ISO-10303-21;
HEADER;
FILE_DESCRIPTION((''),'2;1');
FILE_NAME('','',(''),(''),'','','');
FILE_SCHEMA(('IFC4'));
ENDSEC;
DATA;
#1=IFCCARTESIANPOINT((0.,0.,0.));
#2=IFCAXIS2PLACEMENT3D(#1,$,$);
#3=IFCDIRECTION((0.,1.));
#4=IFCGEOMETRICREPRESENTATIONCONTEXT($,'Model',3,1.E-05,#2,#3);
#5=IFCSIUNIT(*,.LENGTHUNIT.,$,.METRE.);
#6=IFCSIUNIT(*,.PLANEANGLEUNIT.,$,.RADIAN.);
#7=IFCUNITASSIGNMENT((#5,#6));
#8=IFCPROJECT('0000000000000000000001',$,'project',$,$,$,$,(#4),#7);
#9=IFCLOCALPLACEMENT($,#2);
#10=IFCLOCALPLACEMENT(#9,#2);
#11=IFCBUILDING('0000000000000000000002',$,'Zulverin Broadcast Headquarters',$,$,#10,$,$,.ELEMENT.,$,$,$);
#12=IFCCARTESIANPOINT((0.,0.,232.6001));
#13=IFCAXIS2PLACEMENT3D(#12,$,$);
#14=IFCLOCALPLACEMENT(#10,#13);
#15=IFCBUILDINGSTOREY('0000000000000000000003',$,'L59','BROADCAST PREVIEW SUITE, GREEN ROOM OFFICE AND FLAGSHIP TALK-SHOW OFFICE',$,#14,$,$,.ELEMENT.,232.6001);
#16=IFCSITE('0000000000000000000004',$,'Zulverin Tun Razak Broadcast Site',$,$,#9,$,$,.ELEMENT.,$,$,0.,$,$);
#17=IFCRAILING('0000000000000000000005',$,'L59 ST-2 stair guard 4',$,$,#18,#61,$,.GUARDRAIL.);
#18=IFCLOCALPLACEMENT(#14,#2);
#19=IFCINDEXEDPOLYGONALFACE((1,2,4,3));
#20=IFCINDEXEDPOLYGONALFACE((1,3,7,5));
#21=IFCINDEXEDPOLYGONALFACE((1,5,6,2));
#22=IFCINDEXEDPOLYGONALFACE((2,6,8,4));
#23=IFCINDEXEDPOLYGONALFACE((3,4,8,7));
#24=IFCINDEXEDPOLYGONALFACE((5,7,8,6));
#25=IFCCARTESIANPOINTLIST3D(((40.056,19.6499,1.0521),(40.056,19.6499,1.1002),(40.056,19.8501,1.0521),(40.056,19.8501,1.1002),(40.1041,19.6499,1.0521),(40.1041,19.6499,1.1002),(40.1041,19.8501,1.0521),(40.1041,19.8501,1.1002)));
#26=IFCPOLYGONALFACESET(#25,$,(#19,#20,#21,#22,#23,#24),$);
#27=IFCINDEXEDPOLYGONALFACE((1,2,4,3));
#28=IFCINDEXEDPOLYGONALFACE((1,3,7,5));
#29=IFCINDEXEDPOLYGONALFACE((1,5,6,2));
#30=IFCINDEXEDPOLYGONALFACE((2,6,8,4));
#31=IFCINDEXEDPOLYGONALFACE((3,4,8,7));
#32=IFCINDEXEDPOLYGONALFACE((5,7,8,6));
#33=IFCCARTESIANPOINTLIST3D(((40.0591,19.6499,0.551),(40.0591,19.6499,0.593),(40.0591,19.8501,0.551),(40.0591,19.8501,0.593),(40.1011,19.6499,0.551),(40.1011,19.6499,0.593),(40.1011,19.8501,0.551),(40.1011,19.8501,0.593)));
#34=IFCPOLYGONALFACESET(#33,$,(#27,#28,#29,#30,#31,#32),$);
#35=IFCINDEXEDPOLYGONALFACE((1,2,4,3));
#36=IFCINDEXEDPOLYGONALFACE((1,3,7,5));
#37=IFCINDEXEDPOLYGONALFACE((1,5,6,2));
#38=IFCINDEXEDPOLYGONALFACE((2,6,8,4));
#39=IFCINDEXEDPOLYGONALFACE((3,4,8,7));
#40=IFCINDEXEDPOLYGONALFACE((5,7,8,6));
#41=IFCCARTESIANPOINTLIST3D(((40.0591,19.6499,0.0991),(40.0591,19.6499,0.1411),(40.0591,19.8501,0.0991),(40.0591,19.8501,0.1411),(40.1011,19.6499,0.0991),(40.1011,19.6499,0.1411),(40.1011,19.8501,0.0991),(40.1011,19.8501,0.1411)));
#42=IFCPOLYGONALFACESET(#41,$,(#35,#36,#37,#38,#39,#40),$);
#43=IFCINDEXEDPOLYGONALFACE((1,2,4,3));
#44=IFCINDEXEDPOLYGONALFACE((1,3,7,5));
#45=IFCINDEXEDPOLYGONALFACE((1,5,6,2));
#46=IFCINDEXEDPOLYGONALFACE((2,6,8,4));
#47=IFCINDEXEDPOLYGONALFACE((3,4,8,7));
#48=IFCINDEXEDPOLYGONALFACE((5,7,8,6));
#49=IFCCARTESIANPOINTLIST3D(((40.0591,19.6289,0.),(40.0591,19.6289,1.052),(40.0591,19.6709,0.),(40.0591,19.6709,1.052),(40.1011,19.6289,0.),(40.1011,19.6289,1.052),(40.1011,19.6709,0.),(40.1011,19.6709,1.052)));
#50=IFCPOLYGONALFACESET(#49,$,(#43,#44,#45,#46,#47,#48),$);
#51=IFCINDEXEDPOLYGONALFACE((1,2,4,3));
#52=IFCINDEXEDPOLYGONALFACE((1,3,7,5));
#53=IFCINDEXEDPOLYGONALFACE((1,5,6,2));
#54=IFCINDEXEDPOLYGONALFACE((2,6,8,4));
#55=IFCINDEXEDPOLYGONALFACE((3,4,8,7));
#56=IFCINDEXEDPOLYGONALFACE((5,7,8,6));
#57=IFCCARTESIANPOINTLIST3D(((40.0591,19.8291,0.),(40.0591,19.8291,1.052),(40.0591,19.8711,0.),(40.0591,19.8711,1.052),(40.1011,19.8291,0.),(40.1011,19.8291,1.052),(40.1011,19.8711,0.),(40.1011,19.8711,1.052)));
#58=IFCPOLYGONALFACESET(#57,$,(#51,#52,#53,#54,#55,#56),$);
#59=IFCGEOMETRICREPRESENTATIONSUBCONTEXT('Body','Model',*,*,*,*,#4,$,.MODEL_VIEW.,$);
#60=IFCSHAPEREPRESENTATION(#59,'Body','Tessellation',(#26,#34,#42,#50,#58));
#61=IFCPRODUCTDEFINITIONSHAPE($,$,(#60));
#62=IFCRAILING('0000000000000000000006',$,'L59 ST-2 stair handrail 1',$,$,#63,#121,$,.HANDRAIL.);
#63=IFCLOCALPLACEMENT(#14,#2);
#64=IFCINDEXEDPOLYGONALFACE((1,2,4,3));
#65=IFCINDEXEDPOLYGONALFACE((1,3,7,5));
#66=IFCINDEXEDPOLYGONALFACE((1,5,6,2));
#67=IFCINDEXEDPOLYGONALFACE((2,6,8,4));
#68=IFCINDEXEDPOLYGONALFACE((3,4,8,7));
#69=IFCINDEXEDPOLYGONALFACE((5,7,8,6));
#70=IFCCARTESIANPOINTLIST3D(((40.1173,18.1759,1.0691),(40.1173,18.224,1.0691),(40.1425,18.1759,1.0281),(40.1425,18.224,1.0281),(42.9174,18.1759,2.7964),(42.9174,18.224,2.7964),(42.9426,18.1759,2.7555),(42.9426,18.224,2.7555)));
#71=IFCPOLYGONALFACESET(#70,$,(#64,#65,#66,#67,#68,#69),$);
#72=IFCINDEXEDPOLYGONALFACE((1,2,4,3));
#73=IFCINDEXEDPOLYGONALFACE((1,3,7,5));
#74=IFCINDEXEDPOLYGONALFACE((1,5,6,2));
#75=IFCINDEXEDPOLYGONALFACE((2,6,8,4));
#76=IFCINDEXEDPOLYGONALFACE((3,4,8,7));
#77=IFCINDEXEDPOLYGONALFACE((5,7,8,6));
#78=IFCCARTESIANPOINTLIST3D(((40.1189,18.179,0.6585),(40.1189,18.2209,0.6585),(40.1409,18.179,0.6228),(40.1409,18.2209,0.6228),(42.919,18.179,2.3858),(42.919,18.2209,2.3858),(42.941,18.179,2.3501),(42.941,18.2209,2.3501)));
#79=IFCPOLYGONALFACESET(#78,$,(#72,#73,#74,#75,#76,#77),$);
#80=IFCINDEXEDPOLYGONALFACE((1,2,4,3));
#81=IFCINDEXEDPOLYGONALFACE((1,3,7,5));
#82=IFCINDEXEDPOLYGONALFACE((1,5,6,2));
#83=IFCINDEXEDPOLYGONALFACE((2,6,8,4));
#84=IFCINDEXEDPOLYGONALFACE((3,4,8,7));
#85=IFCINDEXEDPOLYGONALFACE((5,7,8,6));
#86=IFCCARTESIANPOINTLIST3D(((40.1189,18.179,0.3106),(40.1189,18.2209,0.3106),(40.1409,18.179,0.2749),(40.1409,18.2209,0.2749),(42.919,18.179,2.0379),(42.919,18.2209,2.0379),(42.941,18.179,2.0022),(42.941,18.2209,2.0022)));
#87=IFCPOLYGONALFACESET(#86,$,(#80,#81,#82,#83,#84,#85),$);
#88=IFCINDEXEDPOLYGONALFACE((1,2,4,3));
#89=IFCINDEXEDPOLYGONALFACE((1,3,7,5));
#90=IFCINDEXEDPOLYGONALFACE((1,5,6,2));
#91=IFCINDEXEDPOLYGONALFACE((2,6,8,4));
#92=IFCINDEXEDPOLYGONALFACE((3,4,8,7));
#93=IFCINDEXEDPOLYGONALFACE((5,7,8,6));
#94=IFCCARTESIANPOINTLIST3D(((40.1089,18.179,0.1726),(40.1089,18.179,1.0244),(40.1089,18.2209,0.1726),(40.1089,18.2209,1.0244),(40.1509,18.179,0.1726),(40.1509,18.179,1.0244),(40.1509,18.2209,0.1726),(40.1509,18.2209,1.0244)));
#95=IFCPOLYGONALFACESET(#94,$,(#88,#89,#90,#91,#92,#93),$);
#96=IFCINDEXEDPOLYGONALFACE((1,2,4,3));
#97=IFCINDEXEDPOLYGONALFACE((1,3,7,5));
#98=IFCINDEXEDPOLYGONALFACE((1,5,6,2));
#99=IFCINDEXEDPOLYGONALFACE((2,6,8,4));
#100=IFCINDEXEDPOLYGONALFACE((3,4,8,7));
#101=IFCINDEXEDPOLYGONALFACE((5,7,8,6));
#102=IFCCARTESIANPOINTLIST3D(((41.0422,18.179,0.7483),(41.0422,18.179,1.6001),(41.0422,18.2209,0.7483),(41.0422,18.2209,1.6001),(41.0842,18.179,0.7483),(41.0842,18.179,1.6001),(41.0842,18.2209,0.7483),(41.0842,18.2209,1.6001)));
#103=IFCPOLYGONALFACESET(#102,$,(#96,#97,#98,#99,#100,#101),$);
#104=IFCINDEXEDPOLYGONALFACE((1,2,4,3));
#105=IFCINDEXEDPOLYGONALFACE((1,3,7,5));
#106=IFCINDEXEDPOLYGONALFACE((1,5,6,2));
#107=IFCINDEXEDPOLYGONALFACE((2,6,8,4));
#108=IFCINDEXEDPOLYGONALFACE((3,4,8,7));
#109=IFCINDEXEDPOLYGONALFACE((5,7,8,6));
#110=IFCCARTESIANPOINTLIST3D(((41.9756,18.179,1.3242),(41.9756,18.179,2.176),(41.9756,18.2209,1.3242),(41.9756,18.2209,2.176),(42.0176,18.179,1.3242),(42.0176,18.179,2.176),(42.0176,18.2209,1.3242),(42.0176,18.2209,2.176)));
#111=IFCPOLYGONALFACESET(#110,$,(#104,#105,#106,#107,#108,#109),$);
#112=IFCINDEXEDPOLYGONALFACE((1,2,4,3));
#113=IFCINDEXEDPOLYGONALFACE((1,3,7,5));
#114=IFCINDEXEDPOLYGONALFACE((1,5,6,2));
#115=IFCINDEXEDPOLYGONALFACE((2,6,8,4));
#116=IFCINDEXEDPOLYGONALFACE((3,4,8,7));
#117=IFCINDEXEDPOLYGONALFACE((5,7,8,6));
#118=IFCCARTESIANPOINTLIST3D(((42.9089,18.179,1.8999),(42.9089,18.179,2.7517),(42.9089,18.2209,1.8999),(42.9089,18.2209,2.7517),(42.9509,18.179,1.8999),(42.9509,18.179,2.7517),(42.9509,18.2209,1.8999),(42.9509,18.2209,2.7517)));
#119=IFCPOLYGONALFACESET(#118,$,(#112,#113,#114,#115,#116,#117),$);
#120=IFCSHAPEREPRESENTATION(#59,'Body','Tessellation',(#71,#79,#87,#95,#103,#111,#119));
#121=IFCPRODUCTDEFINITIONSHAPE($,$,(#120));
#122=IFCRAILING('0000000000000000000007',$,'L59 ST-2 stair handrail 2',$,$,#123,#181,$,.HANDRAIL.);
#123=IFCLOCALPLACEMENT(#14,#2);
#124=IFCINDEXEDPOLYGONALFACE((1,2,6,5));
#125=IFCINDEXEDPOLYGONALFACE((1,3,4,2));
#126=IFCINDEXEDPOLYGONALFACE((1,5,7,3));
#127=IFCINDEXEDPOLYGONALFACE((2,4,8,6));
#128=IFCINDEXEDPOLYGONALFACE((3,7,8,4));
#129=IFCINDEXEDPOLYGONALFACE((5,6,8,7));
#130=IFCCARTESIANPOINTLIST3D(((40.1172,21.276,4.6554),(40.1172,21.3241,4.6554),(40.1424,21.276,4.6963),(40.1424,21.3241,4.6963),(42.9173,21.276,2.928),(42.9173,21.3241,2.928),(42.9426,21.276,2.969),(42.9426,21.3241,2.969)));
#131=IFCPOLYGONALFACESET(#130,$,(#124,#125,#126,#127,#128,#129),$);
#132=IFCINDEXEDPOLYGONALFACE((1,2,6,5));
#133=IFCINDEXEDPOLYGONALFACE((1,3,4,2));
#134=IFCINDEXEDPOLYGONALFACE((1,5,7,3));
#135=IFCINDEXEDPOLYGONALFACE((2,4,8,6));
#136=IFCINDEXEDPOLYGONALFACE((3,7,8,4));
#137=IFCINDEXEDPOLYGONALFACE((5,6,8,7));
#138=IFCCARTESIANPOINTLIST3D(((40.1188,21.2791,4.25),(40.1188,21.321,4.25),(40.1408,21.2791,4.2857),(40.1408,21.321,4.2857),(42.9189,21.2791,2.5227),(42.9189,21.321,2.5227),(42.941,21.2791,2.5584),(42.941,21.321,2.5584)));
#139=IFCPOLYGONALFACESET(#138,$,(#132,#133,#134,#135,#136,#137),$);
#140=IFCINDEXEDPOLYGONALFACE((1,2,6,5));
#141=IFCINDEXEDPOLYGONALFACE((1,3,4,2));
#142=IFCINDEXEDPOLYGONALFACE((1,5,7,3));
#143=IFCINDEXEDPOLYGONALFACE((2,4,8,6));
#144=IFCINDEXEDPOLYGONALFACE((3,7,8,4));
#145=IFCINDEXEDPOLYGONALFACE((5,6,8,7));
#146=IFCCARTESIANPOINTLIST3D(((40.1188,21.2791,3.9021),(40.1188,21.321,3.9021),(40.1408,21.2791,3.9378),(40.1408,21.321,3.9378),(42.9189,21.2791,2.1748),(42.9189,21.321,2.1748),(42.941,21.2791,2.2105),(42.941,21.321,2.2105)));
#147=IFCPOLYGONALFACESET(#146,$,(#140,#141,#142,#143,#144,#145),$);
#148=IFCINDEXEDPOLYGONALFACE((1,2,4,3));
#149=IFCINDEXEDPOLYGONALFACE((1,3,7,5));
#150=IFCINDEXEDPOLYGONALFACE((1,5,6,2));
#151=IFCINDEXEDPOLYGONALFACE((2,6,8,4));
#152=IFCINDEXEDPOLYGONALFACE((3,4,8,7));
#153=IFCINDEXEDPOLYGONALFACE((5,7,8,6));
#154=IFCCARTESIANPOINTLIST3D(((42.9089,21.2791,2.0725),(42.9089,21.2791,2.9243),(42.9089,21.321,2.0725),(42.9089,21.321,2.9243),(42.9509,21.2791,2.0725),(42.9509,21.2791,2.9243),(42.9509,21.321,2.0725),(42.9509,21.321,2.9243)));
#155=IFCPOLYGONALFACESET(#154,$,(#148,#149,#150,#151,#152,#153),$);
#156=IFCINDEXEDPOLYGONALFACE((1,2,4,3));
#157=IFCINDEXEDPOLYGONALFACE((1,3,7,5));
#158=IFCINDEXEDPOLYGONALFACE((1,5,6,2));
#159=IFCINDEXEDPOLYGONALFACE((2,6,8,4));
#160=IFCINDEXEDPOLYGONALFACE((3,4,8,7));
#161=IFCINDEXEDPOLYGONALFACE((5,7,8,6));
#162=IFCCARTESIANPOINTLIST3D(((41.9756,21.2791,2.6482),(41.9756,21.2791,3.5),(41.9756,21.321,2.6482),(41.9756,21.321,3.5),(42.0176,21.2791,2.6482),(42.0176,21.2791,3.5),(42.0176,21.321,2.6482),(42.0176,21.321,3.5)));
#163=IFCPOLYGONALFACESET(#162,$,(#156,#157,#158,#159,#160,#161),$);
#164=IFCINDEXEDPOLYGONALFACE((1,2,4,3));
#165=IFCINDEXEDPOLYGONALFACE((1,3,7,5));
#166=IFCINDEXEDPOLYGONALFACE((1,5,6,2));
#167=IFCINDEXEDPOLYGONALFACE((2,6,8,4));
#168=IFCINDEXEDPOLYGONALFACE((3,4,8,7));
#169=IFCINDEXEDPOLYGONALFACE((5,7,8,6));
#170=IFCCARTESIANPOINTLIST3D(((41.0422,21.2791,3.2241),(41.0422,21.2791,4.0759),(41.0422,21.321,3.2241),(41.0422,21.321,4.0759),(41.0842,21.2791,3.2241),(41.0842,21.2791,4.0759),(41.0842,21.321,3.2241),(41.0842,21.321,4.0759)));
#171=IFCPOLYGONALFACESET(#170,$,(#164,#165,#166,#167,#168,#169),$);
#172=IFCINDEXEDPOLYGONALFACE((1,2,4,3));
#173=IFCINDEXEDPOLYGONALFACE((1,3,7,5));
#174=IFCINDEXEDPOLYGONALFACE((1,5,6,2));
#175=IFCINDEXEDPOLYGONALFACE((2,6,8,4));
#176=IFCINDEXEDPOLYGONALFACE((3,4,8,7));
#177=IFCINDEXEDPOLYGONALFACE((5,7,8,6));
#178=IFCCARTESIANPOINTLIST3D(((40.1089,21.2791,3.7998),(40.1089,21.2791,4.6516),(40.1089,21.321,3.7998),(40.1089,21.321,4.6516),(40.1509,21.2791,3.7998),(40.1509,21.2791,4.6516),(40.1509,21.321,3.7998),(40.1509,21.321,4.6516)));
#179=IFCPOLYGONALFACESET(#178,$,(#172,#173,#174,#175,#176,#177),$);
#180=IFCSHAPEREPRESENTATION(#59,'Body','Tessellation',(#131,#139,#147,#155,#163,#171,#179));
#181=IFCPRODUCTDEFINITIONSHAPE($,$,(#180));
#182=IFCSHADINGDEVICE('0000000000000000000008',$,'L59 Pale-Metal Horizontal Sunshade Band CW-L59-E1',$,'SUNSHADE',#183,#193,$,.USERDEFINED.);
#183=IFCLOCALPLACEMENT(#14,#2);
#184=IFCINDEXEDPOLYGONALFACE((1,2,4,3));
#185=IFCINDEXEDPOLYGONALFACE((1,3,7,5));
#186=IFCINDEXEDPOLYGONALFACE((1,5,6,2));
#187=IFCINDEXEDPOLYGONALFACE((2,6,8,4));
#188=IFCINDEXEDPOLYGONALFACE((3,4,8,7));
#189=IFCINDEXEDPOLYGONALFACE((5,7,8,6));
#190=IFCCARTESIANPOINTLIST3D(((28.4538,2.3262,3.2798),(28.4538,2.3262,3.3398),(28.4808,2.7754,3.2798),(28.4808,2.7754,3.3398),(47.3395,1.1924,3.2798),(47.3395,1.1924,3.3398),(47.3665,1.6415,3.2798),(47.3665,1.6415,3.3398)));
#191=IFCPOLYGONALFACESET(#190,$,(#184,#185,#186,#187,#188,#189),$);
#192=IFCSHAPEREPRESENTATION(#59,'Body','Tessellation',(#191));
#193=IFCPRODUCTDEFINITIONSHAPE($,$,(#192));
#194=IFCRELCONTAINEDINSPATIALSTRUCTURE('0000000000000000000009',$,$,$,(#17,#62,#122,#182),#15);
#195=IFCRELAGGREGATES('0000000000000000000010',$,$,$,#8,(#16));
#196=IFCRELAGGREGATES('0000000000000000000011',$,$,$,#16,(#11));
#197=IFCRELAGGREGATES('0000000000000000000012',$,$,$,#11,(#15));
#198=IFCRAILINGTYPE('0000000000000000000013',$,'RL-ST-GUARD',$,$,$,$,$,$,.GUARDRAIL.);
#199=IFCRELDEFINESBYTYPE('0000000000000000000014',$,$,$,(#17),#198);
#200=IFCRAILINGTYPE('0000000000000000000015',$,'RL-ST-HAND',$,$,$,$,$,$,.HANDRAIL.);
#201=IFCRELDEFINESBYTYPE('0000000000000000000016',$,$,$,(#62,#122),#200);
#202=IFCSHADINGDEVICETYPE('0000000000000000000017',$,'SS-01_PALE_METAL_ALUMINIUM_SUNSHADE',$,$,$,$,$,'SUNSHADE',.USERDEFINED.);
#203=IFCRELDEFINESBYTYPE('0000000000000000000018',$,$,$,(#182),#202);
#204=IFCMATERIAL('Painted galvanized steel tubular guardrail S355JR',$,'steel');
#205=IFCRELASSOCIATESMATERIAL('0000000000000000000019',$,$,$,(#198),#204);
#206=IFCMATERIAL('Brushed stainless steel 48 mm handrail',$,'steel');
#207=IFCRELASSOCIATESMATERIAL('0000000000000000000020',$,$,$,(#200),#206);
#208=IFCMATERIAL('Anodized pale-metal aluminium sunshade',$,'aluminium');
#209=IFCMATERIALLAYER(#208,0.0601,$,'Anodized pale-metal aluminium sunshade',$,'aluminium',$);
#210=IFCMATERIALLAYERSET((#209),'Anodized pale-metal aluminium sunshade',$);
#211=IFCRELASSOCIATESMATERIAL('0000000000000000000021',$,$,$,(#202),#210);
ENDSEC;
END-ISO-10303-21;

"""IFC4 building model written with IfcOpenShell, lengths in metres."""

from ifc_helpers import new_model, si_unit, direction, frame, origin, origin_2d, place, context, subcontext, project, spatial, rectangle, extrude, material, layer, layer_set, type_object, element, save


model = new_model("IFC4")

# Units and contexts
model_context = context("Model", 3, precision=1e-05, world=origin(), true_north=direction((0.0, 1.0)))
body_context = subcontext(model_context, "Body", "Model", "MODEL_VIEW")
ifc_project = project(units=[si_unit("LENGTHUNIT", "METRE"), si_unit("PLANEANGLEUNIT", "RADIAN")], contexts=[model_context])

# Site, building, storey
site_placement = place(None, origin())
site = spatial("IfcSite", under=ifc_project, at=site_placement, Name="Zulverin Tun Razak Broadcast Site", CompositionType="ELEMENT", RefElevation=0.0)
building_placement = place(site_placement, origin())
building = spatial("IfcBuilding", under=site, at=building_placement, Name="Zulverin Broadcast Headquarters", CompositionType="ELEMENT")
storey_placement = place(building_placement, frame((0.0, 0.0, 232.6001)))
storey = spatial("IfcBuildingStorey", under=building, at=storey_placement, Name="L59", Description="BROADCAST PREVIEW SUITE, GREEN ROOM OFFICE AND FLAGSHIP TALK-SHOW OFFICE", CompositionType="ELEMENT", Elevation=232.6001)

# Railings
ifc_material_1 = material(Name="Painted galvanized steel tubular guardrail S355JR", Category="steel")
railing_type_1 = type_object("IfcRailingType", Name="RL-ST-GUARD", PredefinedType="GUARDRAIL", material=ifc_material_1)
railing_1_placement = place(storey_placement, frame((40.0801, 19.6499, 0.0)))
element("IfcRailing", 1, at=railing_1_placement, inside=storey, type_object=railing_type_1, Name="L59 ST-2 stair guard 4", PredefinedType="GUARDRAIL", context=body_context, shape_type="SweptSolid", body=[
    extrude(rectangle(XDim=0.0481, YDim=0.0481, at=origin_2d()), frame((0.0, 0.0, 1.0762), z_axis=(0.0, 1.0, 0.0), x_axis=(-1.0, 0.0, 0.0)), (0.0, 0.0, 1.0), 0.2002),
    extrude(rectangle(XDim=0.042, YDim=0.042, at=origin_2d()), frame((0.0, 0.0, 0.572), z_axis=(0.0, 1.0, 0.0), x_axis=(-1.0, 0.0, 0.0)), (0.0, 0.0, 1.0), 0.2002),
    extrude(rectangle(XDim=0.042, YDim=0.042, at=origin_2d()), frame((0.0, 0.0, 0.1201), z_axis=(0.0, 1.0, 0.0), x_axis=(-1.0, 0.0, 0.0)), (0.0, 0.0, 1.0), 0.2002),
    extrude(rectangle(XDim=0.042, YDim=0.042, at=origin_2d()), origin(), (0.0, 0.0, 1.0), 1.052),
    extrude(rectangle(XDim=0.042, YDim=0.042, at=origin_2d()), frame((0.0, 0.2002, 0.0)), (0.0, 0.0, 1.0), 1.052),
])
ifc_material_2 = material(Name="Brushed stainless steel 48 mm handrail", Category="steel")
railing_type_2 = type_object("IfcRailingType", Name="RL-ST-HAND", PredefinedType="HANDRAIL", material=ifc_material_2)
railing_2_placement = place(storey_placement, frame((40.1299, 18.2, 0.1726)))
element("IfcRailing", 2, at=railing_2_placement, inside=storey, type_object=railing_type_2, Name="L59 ST-2 stair handrail 1", PredefinedType="HANDRAIL", context=body_context, shape_type="SweptSolid", body=[
    extrude(rectangle(XDim=0.0481, YDim=0.0481, at=origin_2d()), frame((0.0, 0.0, 0.876), z_axis=(0.85109, 0.0, 0.52502), x_axis=(0.0, 1.0, 0.0)), (0.0, 0.0, 1.0), 3.29),
    extrude(rectangle(XDim=0.042, YDim=0.042, at=origin_2d()), frame((0.0, 0.0, 0.468), z_axis=(0.85109, 0.0, 0.52502), x_axis=(0.0, 1.0, 0.0)), (0.0, 0.0, 1.0), 3.29),
    extrude(rectangle(XDim=0.042, YDim=0.042, at=origin_2d()), frame((0.0, 0.0, 0.1201), z_axis=(0.85109, 0.0, 0.52502), x_axis=(0.0, 1.0, 0.0)), (0.0, 0.0, 1.0), 3.29),
    extrude(rectangle(XDim=0.042, YDim=0.042, at=origin_2d()), origin(), (0.0, 0.0, 1.0), 0.8518),
    extrude(rectangle(XDim=0.042, YDim=0.042, at=origin_2d()), frame((0.9333, 0.0, 0.5757)), (0.0, 0.0, 1.0), 0.8518),
    extrude(rectangle(XDim=0.042, YDim=0.042, at=origin_2d()), frame((1.8667, 0.0, 1.1516)), (0.0, 0.0, 1.0), 0.8518),
    extrude(rectangle(XDim=0.042, YDim=0.042, at=origin_2d()), frame((2.8, 0.0, 1.7273)), (0.0, 0.0, 1.0), 0.8518),
])
railing_3_placement = place(storey_placement, frame((42.9299, 21.3, 2.0725)))
element("IfcRailing", 3, at=railing_3_placement, inside=storey, type_object=railing_type_2, Name="L59 ST-2 stair handrail 2", PredefinedType="HANDRAIL", context=body_context, shape_type="SweptSolid", body=[
    extrude(rectangle(XDim=0.0481, YDim=0.0481, at=origin_2d()), frame((0.0, 0.0, 0.876), z_axis=(-0.85109, 0.0, 0.52502), x_axis=(0.0, -1.0, 0.0)), (0.0, 0.0, 1.0), 3.29),
    extrude(rectangle(XDim=0.042, YDim=0.042, at=origin_2d()), frame((0.0, 0.0, 0.468), z_axis=(-0.85109, 0.0, 0.52502), x_axis=(0.0, -1.0, 0.0)), (0.0, 0.0, 1.0), 3.29),
    extrude(rectangle(XDim=0.042, YDim=0.042, at=origin_2d()), frame((0.0, 0.0, 0.1201), z_axis=(-0.85109, 0.0, 0.52502), x_axis=(0.0, -1.0, 0.0)), (0.0, 0.0, 1.0), 3.29),
    extrude(rectangle(XDim=0.042, YDim=0.042, at=origin_2d()), origin(), (0.0, 0.0, 1.0), 0.8518),
    extrude(rectangle(XDim=0.042, YDim=0.042, at=origin_2d()), frame((-0.9333, 0.0, 0.5757)), (0.0, 0.0, 1.0), 0.8518),
    extrude(rectangle(XDim=0.042, YDim=0.042, at=origin_2d()), frame((-1.8667, 0.0, 1.1516)), (0.0, 0.0, 1.0), 0.8518),
    extrude(rectangle(XDim=0.042, YDim=0.042, at=origin_2d()), frame((-2.8, 0.0, 1.7273)), (0.0, 0.0, 1.0), 0.8518),
])

# Shading device
ifc_material_3 = material(Name="Anodized pale-metal aluminium sunshade", Category="aluminium")
ifc_layer_1 = layer(ifc_material_3, 0.0601, Name="Anodized pale-metal aluminium sunshade", Category="aluminium")
ifc_layer_set_1 = layer_set([ifc_layer_1], Name="Anodized pale-metal aluminium sunshade")
shading_device_type = type_object("IfcShadingDeviceType", Name="SS-01_PALE_METAL_ALUMINIUM_SUNSHADE", ElementType="SUNSHADE", PredefinedType="USERDEFINED", material=ifc_layer_set_1)
shading_device_placement = place(storey_placement, frame((37.9102, 1.9839, 3.2798), z_axis=(0.0, 0.0, 1.0), x_axis=(0.998203, -0.059928, 0.0)))
element("IfcShadingDevice", 4, at=shading_device_placement, inside=storey, type_object=shading_device_type, Name="L59 Pale-Metal Horizontal Sunshade Band CW-L59-E1", ObjectType="SUNSHADE", PredefinedType="USERDEFINED", context=body_context, shape_type="SweptSolid", body=[
    extrude(rectangle(XDim=18.9197, YDim=0.45, at=origin_2d()), origin(), (0.0, 0.0, 1.0), 0.0601),
])

save(model, "model.ifc")
